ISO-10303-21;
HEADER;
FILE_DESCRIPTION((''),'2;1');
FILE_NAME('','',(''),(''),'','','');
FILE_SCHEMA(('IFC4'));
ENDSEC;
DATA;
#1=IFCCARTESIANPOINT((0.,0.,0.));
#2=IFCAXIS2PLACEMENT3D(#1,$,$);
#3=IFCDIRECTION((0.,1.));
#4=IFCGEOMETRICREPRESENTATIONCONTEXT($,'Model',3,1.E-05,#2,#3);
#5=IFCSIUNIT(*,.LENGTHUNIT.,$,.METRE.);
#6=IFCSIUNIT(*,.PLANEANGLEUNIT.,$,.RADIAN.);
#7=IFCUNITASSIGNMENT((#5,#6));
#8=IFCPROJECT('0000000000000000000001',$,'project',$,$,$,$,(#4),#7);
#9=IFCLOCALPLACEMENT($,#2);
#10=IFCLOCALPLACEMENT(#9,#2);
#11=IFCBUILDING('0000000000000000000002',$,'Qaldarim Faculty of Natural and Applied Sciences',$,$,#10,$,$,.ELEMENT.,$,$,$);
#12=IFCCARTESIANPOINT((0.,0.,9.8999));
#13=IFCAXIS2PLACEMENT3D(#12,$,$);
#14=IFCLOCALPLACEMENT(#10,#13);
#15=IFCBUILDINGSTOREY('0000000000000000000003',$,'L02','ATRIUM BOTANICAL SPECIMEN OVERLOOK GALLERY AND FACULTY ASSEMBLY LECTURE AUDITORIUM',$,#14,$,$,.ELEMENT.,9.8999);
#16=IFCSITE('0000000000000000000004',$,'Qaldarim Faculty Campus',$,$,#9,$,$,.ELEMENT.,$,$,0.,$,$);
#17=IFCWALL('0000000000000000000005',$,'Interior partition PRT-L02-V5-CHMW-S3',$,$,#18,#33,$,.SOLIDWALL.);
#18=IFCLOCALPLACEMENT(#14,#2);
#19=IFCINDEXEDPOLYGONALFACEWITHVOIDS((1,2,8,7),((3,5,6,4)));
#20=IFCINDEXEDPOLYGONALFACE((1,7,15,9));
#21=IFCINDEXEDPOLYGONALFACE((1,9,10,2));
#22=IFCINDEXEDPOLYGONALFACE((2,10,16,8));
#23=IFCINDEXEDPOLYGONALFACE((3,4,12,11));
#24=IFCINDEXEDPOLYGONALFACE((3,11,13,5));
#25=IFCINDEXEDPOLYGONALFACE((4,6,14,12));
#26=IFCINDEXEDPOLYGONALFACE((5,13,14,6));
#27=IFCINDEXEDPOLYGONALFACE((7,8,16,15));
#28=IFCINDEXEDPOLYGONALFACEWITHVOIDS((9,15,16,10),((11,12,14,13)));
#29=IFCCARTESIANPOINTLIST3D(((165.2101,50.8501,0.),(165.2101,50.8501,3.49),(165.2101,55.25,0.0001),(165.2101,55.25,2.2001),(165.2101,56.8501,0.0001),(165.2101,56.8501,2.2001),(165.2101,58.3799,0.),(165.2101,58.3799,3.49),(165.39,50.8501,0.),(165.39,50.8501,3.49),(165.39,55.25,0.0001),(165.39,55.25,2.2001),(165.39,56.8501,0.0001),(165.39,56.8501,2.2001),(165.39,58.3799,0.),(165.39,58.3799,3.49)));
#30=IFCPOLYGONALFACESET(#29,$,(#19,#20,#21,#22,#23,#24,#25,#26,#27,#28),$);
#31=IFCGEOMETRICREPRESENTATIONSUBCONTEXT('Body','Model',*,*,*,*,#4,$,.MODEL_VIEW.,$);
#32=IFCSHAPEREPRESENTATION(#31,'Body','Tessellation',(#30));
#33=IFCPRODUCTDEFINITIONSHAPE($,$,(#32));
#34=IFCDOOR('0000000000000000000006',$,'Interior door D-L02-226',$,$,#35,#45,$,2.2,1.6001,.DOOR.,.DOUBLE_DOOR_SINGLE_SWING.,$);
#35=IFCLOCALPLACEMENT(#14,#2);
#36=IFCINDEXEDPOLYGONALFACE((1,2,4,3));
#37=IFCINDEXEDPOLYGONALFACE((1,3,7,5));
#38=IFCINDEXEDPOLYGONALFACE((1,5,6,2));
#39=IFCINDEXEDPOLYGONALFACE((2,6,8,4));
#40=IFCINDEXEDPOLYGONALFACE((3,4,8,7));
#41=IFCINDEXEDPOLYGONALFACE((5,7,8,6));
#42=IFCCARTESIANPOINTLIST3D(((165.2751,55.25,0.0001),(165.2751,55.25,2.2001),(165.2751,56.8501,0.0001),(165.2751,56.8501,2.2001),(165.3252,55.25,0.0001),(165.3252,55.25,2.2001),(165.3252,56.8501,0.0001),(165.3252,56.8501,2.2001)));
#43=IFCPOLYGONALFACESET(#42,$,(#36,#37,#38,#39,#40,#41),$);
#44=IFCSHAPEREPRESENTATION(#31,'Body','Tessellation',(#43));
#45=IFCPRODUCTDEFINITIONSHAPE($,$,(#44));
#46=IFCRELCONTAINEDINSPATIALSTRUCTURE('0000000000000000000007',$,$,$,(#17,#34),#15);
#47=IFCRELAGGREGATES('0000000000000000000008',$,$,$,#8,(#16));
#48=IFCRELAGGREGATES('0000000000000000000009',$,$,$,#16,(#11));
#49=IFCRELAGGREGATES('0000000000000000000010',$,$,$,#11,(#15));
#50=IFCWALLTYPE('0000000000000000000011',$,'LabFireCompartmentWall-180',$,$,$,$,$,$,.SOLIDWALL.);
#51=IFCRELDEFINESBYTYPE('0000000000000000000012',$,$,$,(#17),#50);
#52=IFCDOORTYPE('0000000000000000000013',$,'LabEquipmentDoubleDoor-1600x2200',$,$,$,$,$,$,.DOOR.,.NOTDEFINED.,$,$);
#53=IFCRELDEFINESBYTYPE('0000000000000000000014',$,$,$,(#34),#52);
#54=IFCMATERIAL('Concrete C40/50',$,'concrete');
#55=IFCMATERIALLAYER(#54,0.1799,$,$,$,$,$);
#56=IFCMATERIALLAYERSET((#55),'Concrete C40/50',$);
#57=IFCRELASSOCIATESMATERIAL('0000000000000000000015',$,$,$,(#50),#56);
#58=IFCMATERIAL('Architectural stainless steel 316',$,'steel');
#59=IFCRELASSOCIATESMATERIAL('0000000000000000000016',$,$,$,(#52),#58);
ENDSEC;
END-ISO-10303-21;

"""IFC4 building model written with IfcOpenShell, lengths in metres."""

from ifc_helpers import new_model, si_unit, direction, frame, frame_2d, origin, place, context, subcontext, project, spatial, rectangle, extrude, material, layer, layer_set, type_object, element, fill, save


model = new_model("IFC4")

# Units and contexts
model_context = context("Model", 3, precision=1e-05, world=origin(), true_north=direction((0.0, 1.0)))
body_context = subcontext(model_context, "Body", "Model", "MODEL_VIEW")
ifc_project = project(units=[si_unit("LENGTHUNIT", "METRE"), si_unit("PLANEANGLEUNIT", "RADIAN")], contexts=[model_context])

# Site, building, storey
site_placement = place(None, origin())
site = spatial("IfcSite", under=ifc_project, at=site_placement, Name="Qaldarim Faculty Campus", CompositionType="ELEMENT", RefElevation=0.0)
building_placement = place(site_placement, origin())
building = spatial("IfcBuilding", under=site, at=building_placement, Name="Qaldarim Faculty of Natural and Applied Sciences", CompositionType="ELEMENT")
storey_placement = place(building_placement, frame((0.0, 0.0, 9.8999)))
storey = spatial("IfcBuildingStorey", under=building, at=storey_placement, Name="L02", Description="ATRIUM BOTANICAL SPECIMEN OVERLOOK GALLERY AND FACULTY ASSEMBLY LECTURE AUDITORIUM", CompositionType="ELEMENT", Elevation=9.8999)

# Shared definitions
ifc_material_1 = material(Name="Concrete C40/50", Category="concrete")

# Shared definitions
ifc_material_2 = material(Name="Architectural stainless steel 316", Category="steel")

# Wall, opening, door
ifc_layer_1 = layer(ifc_material_1, 0.1799)
ifc_layer_set_1 = layer_set([ifc_layer_1], Name="Concrete C40/50")
wall_type_1 = type_object("IfcWallType", Name="LabFireCompartmentWall-180", PredefinedType="SOLIDWALL", material=ifc_layer_set_1)
wall_1_placement = place(storey_placement, frame((165.3, 50.8501, 0.0), z_axis=(0.0, 0.0, 1.0), x_axis=(0.0, 1.0, 0.0)))
wall_1 = element("IfcWall", 1, at=wall_1_placement, inside=storey, type_object=wall_type_1, Name="Interior partition PRT-L02-V5-CHMW-S3", PredefinedType="SOLIDWALL", context=body_context, shape_type="SweptSolid", body=[
    extrude(rectangle(XDim=7.5298, YDim=0.1799, at=frame_2d((3.7649, 0.0))), origin(), (0.0, 0.0, 1.0), 3.49),
])
opening_1_placement = place(wall_1_placement, frame((4.3999, 0.0, 0.0)))
opening_1 = element("IfcOpeningElement", 2, at=opening_1_placement, cuts=wall_1, PredefinedType="OPENING", context=body_context, shape_type="SweptSolid", body=[
    extrude(rectangle(XDim=1.6001, YDim=2.2, at=frame_2d((0.8, 1.1001))), frame((0.0, 0.0999, 0.0), z_axis=(0.0, -1.0, 0.0), x_axis=(1.0, 0.0, 0.0)), (0.0, 0.0, 1.0), 0.2),
])
door_type_1 = type_object("IfcDoorType", Name="LabEquipmentDoubleDoor-1600x2200", OperationType="NOTDEFINED", PredefinedType="DOOR", material=ifc_material_2)
door_1_placement = place(opening_1_placement, origin())
door_1 = element("IfcDoor", 3, at=door_1_placement, inside=storey, type_object=door_type_1, Name="Interior door D-L02-226", OperationType="DOUBLE_DOOR_SINGLE_SWING", OverallHeight=2.2, OverallWidth=1.6001, PredefinedType="DOOR", context=body_context, shape_type="SweptSolid", body=[
    extrude(rectangle(XDim=1.6001, YDim=2.2, at=frame_2d((0.8, 1.1001))), frame((0.0, 0.0249, 0.0), z_axis=(0.0, -1.0, 0.0), x_axis=(1.0, 0.0, 0.0)), (0.0, 0.0, 1.0), 0.05),
])
fill(opening_1, door_1)

save(model, "model.ifc")
